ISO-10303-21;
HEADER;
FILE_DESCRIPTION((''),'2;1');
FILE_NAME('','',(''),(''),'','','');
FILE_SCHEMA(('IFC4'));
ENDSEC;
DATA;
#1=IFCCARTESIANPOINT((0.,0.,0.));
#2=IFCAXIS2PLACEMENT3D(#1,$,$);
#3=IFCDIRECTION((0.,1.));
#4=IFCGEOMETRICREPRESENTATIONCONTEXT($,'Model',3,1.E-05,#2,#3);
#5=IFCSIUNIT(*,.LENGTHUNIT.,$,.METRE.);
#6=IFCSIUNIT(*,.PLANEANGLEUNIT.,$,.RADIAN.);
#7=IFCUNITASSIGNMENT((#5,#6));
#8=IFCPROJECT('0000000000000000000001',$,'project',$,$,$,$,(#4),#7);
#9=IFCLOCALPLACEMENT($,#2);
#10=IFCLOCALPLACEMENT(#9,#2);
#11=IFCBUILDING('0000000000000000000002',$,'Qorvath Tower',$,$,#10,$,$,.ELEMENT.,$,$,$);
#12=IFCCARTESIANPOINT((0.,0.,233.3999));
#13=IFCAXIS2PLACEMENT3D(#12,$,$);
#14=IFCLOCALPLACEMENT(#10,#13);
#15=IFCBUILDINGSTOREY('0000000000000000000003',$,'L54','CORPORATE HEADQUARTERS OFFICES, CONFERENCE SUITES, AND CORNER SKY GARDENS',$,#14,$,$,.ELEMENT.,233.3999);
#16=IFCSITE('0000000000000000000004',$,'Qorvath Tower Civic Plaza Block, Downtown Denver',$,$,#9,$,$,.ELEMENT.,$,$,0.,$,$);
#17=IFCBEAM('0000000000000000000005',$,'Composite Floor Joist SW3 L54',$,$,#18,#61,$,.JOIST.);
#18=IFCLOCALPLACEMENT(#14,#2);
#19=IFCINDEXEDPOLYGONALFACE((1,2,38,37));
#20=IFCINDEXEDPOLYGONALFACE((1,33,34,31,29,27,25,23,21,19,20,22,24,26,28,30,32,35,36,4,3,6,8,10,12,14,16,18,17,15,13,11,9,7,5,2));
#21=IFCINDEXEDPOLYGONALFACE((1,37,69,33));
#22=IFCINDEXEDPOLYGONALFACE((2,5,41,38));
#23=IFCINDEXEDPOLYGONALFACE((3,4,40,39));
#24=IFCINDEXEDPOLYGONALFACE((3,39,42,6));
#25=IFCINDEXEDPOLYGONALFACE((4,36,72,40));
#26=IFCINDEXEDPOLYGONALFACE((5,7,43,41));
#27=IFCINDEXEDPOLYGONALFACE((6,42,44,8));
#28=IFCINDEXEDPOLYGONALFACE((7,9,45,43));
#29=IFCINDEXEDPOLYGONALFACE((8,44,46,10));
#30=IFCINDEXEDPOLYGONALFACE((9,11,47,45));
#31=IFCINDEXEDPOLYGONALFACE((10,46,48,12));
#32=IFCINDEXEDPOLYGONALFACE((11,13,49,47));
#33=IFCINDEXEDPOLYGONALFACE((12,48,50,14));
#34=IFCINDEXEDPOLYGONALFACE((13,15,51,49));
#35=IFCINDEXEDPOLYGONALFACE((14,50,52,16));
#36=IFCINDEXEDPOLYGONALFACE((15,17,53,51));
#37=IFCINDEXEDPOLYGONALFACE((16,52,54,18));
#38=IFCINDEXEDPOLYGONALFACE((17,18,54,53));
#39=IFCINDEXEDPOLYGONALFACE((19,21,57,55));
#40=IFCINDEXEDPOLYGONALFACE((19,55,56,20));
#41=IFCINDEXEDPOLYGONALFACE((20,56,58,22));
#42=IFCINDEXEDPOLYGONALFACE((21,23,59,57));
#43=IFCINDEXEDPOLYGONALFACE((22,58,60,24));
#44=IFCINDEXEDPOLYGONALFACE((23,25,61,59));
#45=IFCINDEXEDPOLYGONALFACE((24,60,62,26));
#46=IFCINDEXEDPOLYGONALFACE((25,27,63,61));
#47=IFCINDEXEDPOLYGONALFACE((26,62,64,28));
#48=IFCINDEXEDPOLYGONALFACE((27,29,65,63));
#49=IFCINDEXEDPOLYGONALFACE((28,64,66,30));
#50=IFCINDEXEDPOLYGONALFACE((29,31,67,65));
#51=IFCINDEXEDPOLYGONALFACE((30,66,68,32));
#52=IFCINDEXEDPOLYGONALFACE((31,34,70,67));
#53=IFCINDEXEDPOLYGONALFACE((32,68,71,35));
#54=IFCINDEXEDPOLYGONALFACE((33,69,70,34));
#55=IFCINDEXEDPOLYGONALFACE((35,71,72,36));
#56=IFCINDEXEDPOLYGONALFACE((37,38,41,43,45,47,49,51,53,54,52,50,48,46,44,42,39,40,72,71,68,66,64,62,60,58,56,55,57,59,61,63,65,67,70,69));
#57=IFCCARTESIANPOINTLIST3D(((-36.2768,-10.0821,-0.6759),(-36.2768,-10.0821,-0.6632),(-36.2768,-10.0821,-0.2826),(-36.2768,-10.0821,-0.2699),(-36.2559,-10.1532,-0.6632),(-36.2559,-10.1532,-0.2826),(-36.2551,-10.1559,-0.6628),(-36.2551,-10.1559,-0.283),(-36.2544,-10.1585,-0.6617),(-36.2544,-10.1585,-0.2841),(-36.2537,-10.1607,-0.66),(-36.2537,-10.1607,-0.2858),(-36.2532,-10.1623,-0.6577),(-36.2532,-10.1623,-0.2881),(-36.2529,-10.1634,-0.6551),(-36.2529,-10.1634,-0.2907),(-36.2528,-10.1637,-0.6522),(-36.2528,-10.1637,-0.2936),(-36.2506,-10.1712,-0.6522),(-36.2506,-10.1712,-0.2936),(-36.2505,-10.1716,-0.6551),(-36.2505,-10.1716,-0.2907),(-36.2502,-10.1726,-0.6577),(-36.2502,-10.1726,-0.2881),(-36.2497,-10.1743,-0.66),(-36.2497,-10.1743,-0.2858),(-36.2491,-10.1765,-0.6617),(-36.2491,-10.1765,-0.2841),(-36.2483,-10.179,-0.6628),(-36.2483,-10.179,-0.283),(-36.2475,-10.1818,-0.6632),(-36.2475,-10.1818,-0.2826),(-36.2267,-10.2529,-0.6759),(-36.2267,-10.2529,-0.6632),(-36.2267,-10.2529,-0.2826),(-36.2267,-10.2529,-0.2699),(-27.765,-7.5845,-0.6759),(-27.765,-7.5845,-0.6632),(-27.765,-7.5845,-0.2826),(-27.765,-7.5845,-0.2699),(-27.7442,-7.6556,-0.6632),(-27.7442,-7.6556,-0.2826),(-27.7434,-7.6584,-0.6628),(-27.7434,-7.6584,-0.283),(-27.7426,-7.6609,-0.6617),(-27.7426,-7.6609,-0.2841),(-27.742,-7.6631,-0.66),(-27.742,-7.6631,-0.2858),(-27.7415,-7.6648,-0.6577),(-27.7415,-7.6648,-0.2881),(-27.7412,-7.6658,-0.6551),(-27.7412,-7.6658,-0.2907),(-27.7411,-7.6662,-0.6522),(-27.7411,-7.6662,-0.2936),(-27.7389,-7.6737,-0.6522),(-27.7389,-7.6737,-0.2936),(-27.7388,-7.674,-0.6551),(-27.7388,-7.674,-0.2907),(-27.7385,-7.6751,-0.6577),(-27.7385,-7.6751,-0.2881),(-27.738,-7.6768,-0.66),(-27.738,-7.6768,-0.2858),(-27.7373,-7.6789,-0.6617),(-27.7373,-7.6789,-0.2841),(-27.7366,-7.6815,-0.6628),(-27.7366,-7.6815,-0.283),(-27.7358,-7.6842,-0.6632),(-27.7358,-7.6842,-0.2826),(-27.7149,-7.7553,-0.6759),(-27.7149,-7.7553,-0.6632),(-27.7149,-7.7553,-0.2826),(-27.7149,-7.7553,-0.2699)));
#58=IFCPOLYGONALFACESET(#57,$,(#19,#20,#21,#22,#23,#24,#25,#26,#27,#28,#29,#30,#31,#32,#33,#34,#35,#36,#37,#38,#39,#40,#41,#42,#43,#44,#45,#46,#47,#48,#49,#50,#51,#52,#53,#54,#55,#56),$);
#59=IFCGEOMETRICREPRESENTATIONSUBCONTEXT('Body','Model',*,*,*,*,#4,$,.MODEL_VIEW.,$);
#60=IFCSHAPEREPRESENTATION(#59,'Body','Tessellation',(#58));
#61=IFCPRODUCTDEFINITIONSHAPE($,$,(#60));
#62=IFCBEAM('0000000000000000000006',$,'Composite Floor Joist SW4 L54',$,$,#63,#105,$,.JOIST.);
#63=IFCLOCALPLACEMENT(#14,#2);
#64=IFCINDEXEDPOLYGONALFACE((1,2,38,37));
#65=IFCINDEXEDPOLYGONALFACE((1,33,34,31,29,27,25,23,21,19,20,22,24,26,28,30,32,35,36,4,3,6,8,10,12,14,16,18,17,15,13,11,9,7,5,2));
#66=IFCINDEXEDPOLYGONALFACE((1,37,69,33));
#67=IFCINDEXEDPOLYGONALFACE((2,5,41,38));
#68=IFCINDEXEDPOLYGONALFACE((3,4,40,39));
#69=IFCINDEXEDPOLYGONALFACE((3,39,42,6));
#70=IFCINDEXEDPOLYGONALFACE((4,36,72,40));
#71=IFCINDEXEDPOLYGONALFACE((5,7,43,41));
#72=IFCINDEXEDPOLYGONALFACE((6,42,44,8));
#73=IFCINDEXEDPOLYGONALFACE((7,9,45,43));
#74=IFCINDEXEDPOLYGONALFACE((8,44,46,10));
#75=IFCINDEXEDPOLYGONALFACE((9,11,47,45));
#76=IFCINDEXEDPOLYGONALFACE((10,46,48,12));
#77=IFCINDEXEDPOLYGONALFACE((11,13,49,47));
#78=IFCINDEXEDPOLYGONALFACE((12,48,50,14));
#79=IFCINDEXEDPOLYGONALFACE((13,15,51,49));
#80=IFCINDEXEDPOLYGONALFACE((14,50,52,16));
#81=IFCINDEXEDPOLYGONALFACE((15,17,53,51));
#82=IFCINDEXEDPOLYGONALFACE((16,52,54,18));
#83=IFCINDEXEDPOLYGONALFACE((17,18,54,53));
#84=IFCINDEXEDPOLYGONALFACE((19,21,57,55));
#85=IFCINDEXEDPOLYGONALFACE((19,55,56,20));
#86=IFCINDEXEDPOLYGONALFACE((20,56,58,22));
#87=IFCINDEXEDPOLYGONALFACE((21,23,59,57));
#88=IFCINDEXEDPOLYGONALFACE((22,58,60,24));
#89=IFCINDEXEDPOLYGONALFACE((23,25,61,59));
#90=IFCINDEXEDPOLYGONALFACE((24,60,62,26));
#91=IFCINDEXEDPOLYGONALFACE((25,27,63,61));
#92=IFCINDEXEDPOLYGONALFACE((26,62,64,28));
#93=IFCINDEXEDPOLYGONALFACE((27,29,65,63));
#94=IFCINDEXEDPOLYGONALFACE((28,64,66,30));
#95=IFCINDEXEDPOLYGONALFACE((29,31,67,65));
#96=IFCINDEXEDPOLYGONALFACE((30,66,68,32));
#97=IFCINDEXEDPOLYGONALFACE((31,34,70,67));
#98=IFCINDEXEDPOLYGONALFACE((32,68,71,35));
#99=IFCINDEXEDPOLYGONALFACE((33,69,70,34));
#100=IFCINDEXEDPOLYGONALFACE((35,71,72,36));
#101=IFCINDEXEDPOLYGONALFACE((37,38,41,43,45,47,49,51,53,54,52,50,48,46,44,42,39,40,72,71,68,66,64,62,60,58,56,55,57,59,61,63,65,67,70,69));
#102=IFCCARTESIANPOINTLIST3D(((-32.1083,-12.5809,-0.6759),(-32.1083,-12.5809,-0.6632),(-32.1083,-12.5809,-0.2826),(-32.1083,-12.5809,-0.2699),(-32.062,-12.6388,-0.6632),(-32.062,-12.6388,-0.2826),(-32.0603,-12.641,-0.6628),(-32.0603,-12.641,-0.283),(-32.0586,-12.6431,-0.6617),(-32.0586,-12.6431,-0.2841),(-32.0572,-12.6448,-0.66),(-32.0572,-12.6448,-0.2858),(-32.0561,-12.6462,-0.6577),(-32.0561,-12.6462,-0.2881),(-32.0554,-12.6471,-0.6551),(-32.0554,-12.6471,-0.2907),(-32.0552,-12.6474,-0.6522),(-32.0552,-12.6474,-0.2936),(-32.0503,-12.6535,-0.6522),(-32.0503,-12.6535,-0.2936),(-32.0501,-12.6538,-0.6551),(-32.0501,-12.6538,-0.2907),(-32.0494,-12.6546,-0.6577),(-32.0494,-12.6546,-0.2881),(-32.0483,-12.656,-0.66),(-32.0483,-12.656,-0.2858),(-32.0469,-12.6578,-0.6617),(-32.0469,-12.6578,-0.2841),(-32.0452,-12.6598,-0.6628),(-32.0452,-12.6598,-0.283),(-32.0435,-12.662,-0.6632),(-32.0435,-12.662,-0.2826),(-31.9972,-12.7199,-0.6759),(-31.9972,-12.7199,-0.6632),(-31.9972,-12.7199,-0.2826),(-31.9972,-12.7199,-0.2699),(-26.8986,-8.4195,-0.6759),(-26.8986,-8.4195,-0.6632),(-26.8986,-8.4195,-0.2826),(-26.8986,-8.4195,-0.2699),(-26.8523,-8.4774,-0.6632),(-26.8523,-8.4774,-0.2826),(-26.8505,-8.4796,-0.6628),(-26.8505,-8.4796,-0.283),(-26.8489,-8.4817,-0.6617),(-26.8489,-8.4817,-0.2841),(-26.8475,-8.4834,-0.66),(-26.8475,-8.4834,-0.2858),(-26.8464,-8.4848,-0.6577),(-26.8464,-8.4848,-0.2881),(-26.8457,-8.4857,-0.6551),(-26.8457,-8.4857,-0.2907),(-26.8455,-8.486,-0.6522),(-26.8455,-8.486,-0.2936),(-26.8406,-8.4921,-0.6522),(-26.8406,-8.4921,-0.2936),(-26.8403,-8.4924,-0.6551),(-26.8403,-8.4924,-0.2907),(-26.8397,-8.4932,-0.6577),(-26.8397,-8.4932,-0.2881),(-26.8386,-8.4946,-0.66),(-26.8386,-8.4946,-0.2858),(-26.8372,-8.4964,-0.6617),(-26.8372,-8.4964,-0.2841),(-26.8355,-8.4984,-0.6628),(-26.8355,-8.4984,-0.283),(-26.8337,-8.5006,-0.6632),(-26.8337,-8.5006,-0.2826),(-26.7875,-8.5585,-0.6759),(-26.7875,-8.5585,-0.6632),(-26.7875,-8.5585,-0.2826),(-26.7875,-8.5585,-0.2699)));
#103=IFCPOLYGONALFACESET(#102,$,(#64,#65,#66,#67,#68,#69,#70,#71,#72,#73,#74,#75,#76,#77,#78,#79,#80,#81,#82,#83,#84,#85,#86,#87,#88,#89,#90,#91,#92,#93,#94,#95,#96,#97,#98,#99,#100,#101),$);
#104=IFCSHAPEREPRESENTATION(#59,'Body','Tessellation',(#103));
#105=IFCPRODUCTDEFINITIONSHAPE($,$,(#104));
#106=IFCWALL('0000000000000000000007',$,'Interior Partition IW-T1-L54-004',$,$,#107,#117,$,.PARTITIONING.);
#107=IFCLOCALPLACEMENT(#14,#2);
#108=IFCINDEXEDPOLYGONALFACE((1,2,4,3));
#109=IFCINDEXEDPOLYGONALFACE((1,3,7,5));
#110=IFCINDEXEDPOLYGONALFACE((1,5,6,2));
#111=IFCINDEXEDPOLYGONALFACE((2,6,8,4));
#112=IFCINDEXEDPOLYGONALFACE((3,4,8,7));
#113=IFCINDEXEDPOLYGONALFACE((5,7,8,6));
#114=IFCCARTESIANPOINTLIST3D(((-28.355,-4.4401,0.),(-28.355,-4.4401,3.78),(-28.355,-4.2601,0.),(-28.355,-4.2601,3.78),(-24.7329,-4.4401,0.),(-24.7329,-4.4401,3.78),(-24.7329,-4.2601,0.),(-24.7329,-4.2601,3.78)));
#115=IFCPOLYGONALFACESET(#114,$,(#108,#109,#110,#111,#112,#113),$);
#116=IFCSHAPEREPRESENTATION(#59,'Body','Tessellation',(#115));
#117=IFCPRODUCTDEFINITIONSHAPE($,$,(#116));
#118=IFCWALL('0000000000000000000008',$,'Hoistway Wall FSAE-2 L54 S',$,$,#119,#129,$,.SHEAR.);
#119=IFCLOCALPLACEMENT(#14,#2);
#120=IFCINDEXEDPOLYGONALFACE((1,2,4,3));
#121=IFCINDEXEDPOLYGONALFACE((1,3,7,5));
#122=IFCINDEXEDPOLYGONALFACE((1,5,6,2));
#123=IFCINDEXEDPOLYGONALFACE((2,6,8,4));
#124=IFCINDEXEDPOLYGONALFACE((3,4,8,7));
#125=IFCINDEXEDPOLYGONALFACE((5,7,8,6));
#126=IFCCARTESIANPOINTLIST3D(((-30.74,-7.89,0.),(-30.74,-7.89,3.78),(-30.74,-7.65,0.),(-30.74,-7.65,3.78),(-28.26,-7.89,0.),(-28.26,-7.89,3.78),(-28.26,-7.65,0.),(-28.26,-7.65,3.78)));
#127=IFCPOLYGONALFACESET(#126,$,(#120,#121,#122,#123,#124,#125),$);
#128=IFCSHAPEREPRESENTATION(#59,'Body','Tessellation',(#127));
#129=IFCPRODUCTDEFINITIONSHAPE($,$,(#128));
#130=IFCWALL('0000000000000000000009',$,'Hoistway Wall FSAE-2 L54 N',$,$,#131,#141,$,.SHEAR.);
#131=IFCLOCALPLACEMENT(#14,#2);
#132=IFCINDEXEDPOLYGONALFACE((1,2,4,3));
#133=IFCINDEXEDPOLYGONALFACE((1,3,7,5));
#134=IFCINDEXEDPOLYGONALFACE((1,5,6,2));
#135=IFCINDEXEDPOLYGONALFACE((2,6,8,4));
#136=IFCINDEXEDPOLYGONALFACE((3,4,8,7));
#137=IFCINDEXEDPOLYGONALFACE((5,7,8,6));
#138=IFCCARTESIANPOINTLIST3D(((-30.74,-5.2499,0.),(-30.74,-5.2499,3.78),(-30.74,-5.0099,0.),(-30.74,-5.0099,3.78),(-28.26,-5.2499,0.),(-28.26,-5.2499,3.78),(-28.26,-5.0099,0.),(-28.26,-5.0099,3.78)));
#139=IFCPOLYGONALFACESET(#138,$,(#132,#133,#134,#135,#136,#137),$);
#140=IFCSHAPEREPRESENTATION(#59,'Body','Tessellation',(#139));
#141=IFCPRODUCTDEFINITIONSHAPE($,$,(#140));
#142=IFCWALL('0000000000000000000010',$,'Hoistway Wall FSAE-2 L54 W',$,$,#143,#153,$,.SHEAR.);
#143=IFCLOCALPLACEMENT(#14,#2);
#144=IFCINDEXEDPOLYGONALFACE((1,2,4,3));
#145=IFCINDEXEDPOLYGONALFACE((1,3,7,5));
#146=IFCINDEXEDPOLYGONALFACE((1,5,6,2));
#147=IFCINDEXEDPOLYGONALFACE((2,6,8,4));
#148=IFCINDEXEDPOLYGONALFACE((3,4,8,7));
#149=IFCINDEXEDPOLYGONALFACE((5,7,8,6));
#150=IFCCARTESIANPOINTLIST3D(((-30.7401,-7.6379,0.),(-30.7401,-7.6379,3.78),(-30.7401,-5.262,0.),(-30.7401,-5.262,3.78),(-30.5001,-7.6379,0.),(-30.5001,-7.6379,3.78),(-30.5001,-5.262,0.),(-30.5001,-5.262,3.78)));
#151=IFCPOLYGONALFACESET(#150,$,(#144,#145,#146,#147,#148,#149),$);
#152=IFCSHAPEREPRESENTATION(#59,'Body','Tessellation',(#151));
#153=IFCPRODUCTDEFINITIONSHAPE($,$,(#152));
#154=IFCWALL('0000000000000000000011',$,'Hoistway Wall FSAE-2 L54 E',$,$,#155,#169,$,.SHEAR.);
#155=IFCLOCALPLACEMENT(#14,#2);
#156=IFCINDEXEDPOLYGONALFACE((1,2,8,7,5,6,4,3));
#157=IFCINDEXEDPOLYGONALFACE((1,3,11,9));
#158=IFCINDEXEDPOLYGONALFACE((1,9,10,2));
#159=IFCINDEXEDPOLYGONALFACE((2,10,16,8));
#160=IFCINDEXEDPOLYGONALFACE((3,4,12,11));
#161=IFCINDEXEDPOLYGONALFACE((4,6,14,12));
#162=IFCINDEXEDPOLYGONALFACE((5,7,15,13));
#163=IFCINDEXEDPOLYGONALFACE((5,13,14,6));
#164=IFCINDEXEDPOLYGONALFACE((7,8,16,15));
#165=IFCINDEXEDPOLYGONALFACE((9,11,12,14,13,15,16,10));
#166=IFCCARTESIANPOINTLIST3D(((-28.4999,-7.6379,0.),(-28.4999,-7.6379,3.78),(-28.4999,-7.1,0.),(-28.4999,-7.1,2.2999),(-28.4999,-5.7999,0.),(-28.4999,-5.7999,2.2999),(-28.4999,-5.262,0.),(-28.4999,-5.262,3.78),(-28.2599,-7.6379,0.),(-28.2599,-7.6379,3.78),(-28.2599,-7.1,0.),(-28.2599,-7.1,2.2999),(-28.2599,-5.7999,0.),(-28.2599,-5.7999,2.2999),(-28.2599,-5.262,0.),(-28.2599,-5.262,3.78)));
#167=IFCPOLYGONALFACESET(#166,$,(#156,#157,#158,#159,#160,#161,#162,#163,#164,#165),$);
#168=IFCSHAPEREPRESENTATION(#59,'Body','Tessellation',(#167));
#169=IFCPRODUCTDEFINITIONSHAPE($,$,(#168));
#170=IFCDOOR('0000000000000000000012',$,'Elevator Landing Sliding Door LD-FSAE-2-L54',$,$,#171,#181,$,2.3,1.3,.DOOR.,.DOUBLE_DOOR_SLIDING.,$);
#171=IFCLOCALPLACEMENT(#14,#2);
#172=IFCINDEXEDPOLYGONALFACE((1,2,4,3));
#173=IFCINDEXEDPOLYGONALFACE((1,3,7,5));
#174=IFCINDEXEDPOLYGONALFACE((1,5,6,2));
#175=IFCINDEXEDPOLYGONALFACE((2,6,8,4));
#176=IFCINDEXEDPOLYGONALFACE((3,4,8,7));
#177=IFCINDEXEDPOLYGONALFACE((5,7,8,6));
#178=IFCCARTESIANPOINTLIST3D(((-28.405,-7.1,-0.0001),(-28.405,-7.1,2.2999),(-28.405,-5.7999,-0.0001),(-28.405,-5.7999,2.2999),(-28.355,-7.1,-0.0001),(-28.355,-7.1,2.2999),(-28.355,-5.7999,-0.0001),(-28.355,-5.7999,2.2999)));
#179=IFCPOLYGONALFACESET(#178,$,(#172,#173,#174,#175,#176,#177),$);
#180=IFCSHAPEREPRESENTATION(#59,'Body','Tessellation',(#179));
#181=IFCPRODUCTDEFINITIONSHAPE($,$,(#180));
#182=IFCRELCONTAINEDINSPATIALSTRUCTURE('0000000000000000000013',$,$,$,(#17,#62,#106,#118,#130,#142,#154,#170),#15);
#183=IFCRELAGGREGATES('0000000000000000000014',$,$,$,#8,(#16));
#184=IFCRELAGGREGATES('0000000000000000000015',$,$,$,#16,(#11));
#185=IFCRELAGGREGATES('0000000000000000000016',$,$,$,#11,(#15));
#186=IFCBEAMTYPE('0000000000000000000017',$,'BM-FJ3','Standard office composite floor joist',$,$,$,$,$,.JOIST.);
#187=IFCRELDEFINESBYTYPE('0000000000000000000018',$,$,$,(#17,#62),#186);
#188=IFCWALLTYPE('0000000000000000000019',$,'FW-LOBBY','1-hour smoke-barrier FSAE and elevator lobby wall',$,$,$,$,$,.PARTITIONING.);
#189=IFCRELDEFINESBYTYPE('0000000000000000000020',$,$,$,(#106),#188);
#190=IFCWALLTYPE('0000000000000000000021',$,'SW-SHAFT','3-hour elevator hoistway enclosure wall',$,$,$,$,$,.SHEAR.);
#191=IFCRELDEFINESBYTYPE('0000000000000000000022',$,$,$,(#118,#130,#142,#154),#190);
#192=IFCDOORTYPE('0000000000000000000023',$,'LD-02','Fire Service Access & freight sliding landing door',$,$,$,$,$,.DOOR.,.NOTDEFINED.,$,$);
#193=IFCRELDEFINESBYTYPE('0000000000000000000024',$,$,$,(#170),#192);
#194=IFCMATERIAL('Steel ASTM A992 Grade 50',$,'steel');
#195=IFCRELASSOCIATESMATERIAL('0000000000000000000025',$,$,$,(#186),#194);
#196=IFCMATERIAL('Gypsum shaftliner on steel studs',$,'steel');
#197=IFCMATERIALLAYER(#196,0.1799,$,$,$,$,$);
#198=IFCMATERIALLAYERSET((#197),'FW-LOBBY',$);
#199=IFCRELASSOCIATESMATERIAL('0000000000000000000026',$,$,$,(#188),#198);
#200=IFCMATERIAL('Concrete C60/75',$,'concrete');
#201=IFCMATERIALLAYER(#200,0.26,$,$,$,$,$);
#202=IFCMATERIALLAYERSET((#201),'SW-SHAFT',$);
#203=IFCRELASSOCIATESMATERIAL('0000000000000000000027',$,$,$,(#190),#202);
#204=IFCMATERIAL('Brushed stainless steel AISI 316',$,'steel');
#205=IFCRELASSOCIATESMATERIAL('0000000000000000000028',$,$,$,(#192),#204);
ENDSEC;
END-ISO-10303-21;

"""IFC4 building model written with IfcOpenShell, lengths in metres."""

from ifc_helpers import new_model, si_unit, direction, frame, frame_2d, origin, origin_2d, place, context, subcontext, project, spatial, rectangle, i_section, extrude, material, layer, layer_set, material_profile, profile_set, type_object, element, fill, save


model = new_model("IFC4")

# Units and contexts
model_context = context("Model", 3, precision=1e-05, world=origin(), true_north=direction((0.0, 1.0)))
body_context = subcontext(model_context, "Body", "Model", "MODEL_VIEW")
ifc_project = project(units=[si_unit("LENGTHUNIT", "METRE"), si_unit("PLANEANGLEUNIT", "RADIAN")], contexts=[model_context])

# Site, building, storey
site_placement = place(None, origin())
site = spatial("IfcSite", under=ifc_project, at=site_placement, Name="Qorvath Tower Civic Plaza Block, Downtown Denver", CompositionType="ELEMENT", RefElevation=0.0)
building_placement = place(site_placement, origin())
building = spatial("IfcBuilding", under=site, at=building_placement, Name="Qorvath Tower", CompositionType="ELEMENT")
storey_placement = place(building_placement, frame((0.0, 0.0, 233.3999)))
storey = spatial("IfcBuildingStorey", under=building, at=storey_placement, Name="L54", Description="CORPORATE HEADQUARTERS OFFICES, CONFERENCE SUITES, AND CORNER SKY GARDENS", CompositionType="ELEMENT", Elevation=233.3999)

# Beams
ifc_material_1 = material(Name="Steel ASTM A992 Grade 50", Category="steel")
ifc_material_profile_1 = material_profile(ifc_material_1, i_section(OverallWidth=0.178, OverallDepth=0.406, WebThickness=0.0078, FlangeThickness=0.0127, FilletRadius=0.011, at=origin_2d()), Name="W16x40")
ifc_profile_set_1 = profile_set([ifc_material_profile_1], Name="Steel ASTM A992 Grade 50")
beam_type_1 = type_object("IfcBeamType", Name="BM-FJ3", Description="Standard office composite floor joist", PredefinedType="JOIST", material=ifc_profile_set_1)
beam_1_placement = place(storey_placement, frame((-27.74, -7.6699, -0.4729), z_axis=(-0.959545, -0.281555, 0.0), x_axis=(0.281555, -0.959545, 0.0)))
element("IfcBeam", 1, at=beam_1_placement, inside=storey, type_object=beam_type_1, Name="Composite Floor Joist SW3 L54", PredefinedType="JOIST", context=body_context, shape_type="SweptSolid", body=[
    extrude(i_section(OverallWidth=0.178, OverallDepth=0.406, WebThickness=0.0078, FlangeThickness=0.0127, FilletRadius=0.011, at=origin_2d()), origin(), (0.0, 0.0, 1.0), 8.8706),
])
beam_2_placement = place(storey_placement, frame((-26.843, -8.489, -0.4729), z_axis=(-0.781337, -0.62411, 0.0), x_axis=(0.62411, -0.781337, 0.0)))
element("IfcBeam", 2, at=beam_2_placement, inside=storey, type_object=beam_type_1, Name="Composite Floor Joist SW4 L54", PredefinedType="JOIST", context=body_context, shape_type="SweptSolid", body=[
    extrude(i_section(OverallWidth=0.178, OverallDepth=0.406, WebThickness=0.0078, FlangeThickness=0.0127, FilletRadius=0.011, at=origin_2d()), origin(), (0.0, 0.0, 1.0), 6.6677),
])

# Shared definitions
ifc_material_2 = material(Name="Gypsum shaftliner on steel studs", Category="steel")
ifc_layer_1 = layer(ifc_material_2, 0.1799)
ifc_layer_set_1 = layer_set([ifc_layer_1], Name="FW-LOBBY")
wall_type_1 = type_object("IfcWallType", Name="FW-LOBBY", Description="1-hour smoke-barrier FSAE and elevator lobby wall", PredefinedType="PARTITIONING", material=ifc_layer_set_1)

# Walls
wall_1_placement = place(storey_placement, frame((-24.7329, -4.3501, 0.0), z_axis=(0.0, 0.0, 1.0), x_axis=(-1.0, 0.0, 0.0)))
element("IfcWall", 3, at=wall_1_placement, inside=storey, type_object=wall_type_1, Name="Interior Partition IW-T1-L54-004", PredefinedType="PARTITIONING", context=body_context, shape_type="SweptSolid", body=[
    extrude(rectangle(XDim=3.6221, YDim=0.1799, at=frame_2d((1.811, 0.0))), origin(), (0.0, 0.0, 1.0), 3.78),
])
ifc_material_3 = material(Name="Concrete C60/75", Category="concrete")
ifc_layer_2 = layer(ifc_material_3, 0.26)
ifc_layer_set_2 = layer_set([ifc_layer_2], Name="SW-SHAFT")
wall_type_2 = type_object("IfcWallType", Name="SW-SHAFT", Description="3-hour elevator hoistway enclosure wall", PredefinedType="SHEAR", material=ifc_layer_set_2)
for number, where, z_axis, x_axis, name in (
    (4, (-28.26, -7.77, 0.0), (0.0, 0.0, 1.0), (-1.0, 0.0, 0.0), "Hoistway Wall FSAE-2 L54 S"),
    (5, (-30.74, -5.1299, 0.0), (0.0, 0.0, 1.0), (1.0, 0.0, 0.0), "Hoistway Wall FSAE-2 L54 N"),
):
    element("IfcWall", number, at=place(storey_placement, frame(where, z_axis=z_axis, x_axis=x_axis)), inside=storey, type_object=wall_type_2, Name=name, PredefinedType="SHEAR", context=body_context, shape_type="SweptSolid", body=[
        extrude(rectangle(XDim=2.48, YDim=0.24, at=frame_2d((1.24, 0.0))), origin(), (0.0, 0.0, 1.0), 3.78),
    ])
wall_2_placement = place(storey_placement, frame((-30.6201, -7.6379, 0.0), z_axis=(0.0, 0.0, 1.0), x_axis=(0.0, 1.0, 0.0)))
element("IfcWall", 6, at=wall_2_placement, inside=storey, type_object=wall_type_2, Name="Hoistway Wall FSAE-2 L54 W", PredefinedType="SHEAR", context=body_context, shape_type="SweptSolid", body=[
    extrude(rectangle(XDim=2.376, YDim=0.24, at=frame_2d((1.188, 0.0))), origin(), (0.0, 0.0, 1.0), 3.78),
])

# Wall, opening, door
wall_3_placement = place(storey_placement, frame((-28.3799, -5.262, 0.0), z_axis=(0.0, 0.0, 1.0), x_axis=(0.0, -1.0, 0.0)))
wall_3 = element("IfcWall", 7, at=wall_3_placement, inside=storey, type_object=wall_type_2, Name="Hoistway Wall FSAE-2 L54 E", PredefinedType="SHEAR", context=body_context, shape_type="SweptSolid", body=[
    extrude(rectangle(XDim=2.376, YDim=0.24, at=frame_2d((1.188, 0.0))), origin(), (0.0, 0.0, 1.0), 3.78),
])
opening_1_placement = place(wall_3_placement, frame((0.5381, 0.0, 0.0)))
opening_1 = element("IfcOpeningElement", 8, at=opening_1_placement, cuts=wall_3, PredefinedType="OPENING", context=body_context, shape_type="SweptSolid", body=[
    extrude(rectangle(XDim=1.3, YDim=2.3, at=frame_2d((0.6499, 1.1499))), frame((0.0, 0.1299, 0.0), z_axis=(0.0, -1.0, 0.0), x_axis=(1.0, 0.0, 0.0)), (0.0, 0.0, 1.0), 0.26),
])
ifc_material_4 = material(Name="Brushed stainless steel AISI 316", Category="steel")
door_type_1 = type_object("IfcDoorType", Name="LD-02", Description="Fire Service Access & freight sliding landing door", OperationType="NOTDEFINED", PredefinedType="DOOR", material=ifc_material_4)
door_1_placement = place(opening_1_placement, origin())
door_1 = element("IfcDoor", 9, at=door_1_placement, inside=storey, type_object=door_type_1, Name="Elevator Landing Sliding Door LD-FSAE-2-L54", OperationType="DOUBLE_DOOR_SLIDING", OverallHeight=2.3, OverallWidth=1.3, PredefinedType="DOOR", context=body_context, shape_type="SweptSolid", body=[
    extrude(rectangle(XDim=1.3, YDim=2.3, at=frame_2d((0.6499, 1.1499))), frame((0.0, 0.0249, 0.0), z_axis=(0.0, -1.0, 0.0), x_axis=(1.0, 0.0, 0.0)), (0.0, 0.0, 1.0), 0.05),
])
fill(opening_1, door_1)

save(model, "model.ifc")
